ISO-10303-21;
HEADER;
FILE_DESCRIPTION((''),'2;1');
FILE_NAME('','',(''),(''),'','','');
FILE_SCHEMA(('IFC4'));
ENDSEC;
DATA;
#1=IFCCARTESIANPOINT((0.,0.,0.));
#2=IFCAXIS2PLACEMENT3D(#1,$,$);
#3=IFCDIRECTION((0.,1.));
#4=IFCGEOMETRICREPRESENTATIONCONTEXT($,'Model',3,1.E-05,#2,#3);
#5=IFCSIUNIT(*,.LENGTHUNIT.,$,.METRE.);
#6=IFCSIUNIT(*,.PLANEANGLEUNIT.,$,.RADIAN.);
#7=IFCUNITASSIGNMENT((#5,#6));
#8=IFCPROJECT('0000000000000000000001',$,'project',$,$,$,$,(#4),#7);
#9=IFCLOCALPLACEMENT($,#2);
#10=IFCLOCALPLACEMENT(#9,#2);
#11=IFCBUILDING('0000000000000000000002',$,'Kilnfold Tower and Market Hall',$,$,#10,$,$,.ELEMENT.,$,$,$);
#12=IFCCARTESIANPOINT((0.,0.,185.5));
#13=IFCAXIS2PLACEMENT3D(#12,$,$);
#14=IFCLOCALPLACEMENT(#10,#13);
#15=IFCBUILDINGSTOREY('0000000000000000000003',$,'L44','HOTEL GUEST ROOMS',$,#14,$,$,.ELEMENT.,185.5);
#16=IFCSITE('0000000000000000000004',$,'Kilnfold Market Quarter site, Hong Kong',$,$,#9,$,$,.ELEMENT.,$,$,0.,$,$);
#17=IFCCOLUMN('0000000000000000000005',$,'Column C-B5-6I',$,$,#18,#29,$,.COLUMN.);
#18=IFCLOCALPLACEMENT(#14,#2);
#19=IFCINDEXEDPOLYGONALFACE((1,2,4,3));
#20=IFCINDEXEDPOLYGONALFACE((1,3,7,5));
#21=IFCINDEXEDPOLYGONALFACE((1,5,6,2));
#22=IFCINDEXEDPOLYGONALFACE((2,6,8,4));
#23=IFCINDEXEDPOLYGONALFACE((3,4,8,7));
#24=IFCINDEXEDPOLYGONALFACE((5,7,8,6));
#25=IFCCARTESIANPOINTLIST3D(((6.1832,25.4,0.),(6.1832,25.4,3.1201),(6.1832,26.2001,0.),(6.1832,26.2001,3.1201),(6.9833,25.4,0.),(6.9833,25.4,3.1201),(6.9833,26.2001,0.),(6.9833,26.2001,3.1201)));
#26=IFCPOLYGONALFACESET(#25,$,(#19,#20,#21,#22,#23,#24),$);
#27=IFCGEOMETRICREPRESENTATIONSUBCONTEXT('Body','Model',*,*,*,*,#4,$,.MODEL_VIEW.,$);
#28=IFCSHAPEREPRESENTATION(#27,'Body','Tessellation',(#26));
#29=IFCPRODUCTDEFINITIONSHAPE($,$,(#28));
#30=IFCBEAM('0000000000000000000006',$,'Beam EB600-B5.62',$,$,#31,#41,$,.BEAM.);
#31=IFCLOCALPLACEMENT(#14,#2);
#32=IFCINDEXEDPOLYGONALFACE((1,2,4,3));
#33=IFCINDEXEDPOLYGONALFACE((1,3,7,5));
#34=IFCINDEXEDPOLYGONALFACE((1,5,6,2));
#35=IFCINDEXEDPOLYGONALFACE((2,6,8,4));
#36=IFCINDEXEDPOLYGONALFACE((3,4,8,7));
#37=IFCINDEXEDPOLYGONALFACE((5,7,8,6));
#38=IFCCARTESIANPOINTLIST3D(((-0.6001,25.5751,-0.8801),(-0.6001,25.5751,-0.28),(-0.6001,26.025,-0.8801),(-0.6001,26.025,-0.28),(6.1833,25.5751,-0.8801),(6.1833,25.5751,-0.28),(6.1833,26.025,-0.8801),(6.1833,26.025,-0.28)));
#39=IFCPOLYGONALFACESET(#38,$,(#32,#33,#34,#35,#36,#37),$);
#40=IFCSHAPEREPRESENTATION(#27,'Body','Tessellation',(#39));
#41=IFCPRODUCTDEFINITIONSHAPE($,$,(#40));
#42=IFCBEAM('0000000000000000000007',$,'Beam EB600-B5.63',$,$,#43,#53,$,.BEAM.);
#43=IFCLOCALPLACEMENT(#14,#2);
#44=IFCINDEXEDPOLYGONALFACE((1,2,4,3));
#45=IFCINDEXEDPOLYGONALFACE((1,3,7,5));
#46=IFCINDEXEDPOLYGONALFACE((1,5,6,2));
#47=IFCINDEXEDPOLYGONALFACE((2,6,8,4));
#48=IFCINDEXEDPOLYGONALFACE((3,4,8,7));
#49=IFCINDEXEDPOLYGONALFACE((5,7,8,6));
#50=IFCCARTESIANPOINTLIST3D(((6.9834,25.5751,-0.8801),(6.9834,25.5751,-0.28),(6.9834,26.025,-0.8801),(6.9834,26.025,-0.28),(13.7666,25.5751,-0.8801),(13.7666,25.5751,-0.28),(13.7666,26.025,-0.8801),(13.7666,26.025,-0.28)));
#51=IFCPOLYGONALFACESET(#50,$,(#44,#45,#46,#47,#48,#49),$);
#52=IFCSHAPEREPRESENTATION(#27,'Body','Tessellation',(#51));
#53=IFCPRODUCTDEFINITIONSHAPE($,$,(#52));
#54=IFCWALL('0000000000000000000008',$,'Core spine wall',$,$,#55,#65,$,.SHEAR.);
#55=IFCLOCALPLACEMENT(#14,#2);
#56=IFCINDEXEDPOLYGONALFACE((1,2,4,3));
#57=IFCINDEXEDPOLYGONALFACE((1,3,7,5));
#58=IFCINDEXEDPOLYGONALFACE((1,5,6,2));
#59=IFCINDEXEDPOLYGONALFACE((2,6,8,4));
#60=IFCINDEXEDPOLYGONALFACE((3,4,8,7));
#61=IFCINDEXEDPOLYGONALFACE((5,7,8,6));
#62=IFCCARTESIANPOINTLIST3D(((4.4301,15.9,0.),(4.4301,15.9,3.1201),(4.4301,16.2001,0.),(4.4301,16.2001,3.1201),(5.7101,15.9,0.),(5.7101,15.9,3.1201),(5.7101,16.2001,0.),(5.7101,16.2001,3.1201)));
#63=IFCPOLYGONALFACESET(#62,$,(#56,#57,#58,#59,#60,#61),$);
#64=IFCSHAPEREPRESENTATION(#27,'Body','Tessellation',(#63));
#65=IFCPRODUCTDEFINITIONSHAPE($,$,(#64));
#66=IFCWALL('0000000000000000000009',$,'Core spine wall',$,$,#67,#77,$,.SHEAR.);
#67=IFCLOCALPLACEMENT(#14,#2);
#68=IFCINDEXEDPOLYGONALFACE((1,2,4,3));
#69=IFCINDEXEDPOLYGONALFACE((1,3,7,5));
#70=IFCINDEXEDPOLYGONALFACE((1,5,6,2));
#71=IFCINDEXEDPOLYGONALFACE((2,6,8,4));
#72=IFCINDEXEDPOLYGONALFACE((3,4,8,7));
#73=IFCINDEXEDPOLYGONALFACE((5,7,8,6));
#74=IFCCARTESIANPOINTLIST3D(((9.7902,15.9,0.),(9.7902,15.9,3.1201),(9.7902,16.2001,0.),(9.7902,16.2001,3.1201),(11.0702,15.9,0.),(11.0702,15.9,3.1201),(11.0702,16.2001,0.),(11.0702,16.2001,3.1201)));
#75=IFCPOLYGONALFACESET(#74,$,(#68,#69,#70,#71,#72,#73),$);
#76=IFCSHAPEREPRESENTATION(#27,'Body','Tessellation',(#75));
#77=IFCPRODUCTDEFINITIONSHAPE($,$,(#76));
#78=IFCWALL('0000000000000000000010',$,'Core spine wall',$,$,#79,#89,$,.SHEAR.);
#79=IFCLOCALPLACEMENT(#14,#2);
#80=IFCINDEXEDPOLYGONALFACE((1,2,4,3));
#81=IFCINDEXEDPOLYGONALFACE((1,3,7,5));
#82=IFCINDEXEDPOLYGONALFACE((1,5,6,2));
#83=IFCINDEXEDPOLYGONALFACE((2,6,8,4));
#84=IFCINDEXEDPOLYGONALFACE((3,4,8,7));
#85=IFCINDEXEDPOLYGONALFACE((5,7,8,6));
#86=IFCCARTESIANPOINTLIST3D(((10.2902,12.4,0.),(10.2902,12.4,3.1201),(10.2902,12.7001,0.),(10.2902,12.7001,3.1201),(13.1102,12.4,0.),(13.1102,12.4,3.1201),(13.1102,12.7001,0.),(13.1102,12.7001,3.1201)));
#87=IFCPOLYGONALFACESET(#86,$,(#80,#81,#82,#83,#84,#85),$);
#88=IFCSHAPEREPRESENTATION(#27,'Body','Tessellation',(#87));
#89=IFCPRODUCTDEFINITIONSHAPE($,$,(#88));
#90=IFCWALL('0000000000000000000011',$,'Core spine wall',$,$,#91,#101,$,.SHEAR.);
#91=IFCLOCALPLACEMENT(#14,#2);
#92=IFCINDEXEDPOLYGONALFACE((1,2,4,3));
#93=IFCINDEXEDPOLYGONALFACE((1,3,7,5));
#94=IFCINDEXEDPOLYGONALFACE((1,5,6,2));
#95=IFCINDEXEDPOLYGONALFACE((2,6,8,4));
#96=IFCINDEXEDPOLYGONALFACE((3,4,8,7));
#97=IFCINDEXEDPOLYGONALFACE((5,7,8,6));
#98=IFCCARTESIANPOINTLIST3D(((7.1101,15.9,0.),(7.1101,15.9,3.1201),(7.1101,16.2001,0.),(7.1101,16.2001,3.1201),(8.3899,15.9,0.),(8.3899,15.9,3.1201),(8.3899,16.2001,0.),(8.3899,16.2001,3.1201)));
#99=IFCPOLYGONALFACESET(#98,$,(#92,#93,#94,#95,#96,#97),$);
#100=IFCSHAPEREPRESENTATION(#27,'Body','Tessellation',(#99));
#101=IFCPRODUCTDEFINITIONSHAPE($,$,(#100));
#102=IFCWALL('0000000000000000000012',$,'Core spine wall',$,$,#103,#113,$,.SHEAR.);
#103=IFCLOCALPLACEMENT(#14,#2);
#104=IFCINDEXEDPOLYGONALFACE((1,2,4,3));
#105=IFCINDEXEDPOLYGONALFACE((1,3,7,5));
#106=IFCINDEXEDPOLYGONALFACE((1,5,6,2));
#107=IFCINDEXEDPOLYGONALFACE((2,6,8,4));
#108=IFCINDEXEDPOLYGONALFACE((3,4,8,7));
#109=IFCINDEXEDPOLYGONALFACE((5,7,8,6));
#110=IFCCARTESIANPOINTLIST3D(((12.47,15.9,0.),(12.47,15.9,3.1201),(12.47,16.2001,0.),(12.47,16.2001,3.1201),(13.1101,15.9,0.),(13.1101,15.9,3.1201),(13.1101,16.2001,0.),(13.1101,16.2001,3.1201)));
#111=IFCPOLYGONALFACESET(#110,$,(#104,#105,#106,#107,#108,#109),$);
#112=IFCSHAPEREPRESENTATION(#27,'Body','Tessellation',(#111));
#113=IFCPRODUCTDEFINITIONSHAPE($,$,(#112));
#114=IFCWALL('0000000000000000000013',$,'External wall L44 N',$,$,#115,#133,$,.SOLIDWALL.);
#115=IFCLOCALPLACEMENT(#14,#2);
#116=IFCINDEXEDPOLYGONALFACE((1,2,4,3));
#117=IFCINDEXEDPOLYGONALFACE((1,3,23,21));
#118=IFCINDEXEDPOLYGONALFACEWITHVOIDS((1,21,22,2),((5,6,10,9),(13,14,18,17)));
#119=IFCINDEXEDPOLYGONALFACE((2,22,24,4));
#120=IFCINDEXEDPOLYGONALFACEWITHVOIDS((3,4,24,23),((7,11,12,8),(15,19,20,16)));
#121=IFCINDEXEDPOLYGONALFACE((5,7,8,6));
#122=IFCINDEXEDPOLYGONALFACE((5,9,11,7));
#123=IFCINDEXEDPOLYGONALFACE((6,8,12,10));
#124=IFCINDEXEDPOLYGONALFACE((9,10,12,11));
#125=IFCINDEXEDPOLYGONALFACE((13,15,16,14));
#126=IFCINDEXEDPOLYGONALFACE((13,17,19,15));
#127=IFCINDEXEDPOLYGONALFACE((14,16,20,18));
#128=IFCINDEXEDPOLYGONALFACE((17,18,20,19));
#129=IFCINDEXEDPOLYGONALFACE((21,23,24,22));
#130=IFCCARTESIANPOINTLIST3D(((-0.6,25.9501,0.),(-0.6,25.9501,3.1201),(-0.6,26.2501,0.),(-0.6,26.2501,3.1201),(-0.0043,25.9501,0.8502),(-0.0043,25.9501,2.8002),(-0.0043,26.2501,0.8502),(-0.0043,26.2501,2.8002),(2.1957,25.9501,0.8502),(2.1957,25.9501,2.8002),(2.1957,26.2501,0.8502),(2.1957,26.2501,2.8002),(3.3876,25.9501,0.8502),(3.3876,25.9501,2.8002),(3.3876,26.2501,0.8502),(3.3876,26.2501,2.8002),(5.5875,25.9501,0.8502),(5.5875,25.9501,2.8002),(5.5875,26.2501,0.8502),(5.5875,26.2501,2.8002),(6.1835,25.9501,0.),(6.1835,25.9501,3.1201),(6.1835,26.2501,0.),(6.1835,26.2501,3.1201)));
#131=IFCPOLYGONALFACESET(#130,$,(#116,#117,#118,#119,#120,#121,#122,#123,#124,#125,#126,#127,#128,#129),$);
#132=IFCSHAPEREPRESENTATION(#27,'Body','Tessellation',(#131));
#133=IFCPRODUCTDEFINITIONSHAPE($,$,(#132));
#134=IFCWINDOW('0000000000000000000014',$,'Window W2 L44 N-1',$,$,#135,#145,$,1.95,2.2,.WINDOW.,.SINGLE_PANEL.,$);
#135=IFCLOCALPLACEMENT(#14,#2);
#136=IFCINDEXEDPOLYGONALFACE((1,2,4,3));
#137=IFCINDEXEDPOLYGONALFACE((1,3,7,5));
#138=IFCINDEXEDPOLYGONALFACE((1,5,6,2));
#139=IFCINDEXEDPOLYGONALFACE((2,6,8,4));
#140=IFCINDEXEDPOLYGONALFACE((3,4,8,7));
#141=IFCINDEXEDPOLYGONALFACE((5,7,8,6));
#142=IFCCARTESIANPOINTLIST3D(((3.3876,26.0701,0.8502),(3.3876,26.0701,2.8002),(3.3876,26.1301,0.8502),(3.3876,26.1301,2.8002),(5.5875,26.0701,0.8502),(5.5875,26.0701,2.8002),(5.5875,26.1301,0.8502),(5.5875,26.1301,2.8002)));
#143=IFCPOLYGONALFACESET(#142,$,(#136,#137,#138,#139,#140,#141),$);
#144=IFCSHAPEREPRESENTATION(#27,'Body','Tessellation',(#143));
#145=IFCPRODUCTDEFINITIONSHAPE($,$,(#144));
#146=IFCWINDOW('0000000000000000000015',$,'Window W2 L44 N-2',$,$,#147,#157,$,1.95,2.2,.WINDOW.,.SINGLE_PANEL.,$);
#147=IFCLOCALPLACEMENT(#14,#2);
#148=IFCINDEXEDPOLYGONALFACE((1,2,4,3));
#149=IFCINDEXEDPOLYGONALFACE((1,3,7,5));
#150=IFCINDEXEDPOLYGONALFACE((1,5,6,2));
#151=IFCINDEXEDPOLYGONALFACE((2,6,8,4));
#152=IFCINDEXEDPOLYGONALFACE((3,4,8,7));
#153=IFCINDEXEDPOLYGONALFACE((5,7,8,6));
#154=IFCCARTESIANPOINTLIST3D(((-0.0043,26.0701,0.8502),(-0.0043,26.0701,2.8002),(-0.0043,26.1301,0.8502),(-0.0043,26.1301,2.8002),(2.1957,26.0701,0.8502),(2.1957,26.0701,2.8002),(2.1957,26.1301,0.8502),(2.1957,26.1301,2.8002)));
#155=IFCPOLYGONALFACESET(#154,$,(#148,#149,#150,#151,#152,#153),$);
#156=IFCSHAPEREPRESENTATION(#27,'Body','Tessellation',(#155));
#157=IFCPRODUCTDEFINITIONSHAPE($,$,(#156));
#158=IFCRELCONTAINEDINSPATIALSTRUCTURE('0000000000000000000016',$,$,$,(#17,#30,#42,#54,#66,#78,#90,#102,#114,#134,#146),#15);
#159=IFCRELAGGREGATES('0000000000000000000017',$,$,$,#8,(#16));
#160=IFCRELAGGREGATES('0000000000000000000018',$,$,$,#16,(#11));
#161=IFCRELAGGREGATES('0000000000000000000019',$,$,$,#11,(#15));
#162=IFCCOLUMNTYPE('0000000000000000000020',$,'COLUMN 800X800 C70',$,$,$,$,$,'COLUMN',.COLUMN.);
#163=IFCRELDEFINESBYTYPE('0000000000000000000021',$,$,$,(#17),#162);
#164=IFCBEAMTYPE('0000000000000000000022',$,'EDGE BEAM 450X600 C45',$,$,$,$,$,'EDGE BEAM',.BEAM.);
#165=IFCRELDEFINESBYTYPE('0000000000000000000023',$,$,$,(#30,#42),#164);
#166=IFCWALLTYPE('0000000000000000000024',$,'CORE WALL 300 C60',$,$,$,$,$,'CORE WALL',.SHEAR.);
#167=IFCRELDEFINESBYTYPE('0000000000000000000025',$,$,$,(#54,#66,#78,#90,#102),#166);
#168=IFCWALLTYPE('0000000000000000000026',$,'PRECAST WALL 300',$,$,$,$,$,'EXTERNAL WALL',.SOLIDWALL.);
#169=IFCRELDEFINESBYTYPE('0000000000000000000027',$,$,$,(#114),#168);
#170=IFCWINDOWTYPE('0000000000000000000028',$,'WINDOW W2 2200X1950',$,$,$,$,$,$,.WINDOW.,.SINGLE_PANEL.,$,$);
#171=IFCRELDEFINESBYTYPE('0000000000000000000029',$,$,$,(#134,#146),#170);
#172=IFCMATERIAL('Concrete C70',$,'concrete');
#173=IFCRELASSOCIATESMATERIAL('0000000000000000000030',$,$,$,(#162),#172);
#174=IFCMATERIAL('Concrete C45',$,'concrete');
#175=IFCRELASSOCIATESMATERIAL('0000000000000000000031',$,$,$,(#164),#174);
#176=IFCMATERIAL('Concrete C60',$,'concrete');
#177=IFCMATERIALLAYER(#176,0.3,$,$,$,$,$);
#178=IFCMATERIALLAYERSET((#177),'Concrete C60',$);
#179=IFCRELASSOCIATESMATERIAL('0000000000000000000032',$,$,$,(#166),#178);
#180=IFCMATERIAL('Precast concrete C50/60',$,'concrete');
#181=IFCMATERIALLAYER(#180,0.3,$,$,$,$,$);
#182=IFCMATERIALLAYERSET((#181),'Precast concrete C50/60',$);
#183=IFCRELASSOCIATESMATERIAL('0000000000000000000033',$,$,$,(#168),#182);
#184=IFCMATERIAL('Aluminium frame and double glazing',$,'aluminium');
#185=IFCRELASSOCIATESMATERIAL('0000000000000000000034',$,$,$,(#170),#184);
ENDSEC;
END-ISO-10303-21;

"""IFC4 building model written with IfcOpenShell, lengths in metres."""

from ifc_helpers import new_model, si_unit, direction, frame, frame_2d, origin, origin_2d, place, context, subcontext, project, spatial, rectangle, extrude, source, transform, mapped, material, layer, layer_set, material_profile, profile_set, type_object, element, fill, save


model = new_model("IFC4")

# Units and contexts
model_context = context("Model", 3, precision=1e-05, world=origin(), true_north=direction((0.0, 1.0)))
body_context = subcontext(model_context, "Body", "Model", "MODEL_VIEW")
ifc_project = project(units=[si_unit("LENGTHUNIT", "METRE"), si_unit("PLANEANGLEUNIT", "RADIAN")], contexts=[model_context])

# Site, building, storey
site_placement = place(None, origin())
site = spatial("IfcSite", under=ifc_project, at=site_placement, Name="Kilnfold Market Quarter site, Hong Kong", CompositionType="ELEMENT", RefElevation=0.0)
building_placement = place(site_placement, origin())
building = spatial("IfcBuilding", under=site, at=building_placement, Name="Kilnfold Tower and Market Hall", CompositionType="ELEMENT")
storey_placement = place(building_placement, frame((0.0, 0.0, 185.5)))
storey = spatial("IfcBuildingStorey", under=building, at=storey_placement, Name="L44", Description="HOTEL GUEST ROOMS", CompositionType="ELEMENT", Elevation=185.5)

# Column
ifc_material_1 = material(Name="Concrete C70", Category="concrete")
ifc_material_profile_1 = material_profile(ifc_material_1, rectangle(XDim=0.8, YDim=0.8, at=origin_2d()), Name="RC 800x800")
ifc_profile_set_1 = profile_set([ifc_material_profile_1], Name="Concrete C70")
column_type = type_object("IfcColumnType", Name="COLUMN 800X800 C70", ElementType="COLUMN", PredefinedType="COLUMN", material=ifc_profile_set_1)
shared_shape_1 = source(origin(), body_context, "Body", "SweptSolid", [
    extrude(rectangle(XDim=0.8, YDim=0.8, at=origin_2d()), origin(), (0.0, 0.0, 1.0), 3.1201),
])
column_placement = place(storey_placement, frame((6.5833, 25.8, 0.0), z_axis=(0.0, 0.0, 1.0), x_axis=(1.0, 0.0, 0.0)))
element("IfcColumn", 1, at=column_placement, inside=storey, type_object=column_type, Name="Column C-B5-6I", PredefinedType="COLUMN", context=body_context, shape_type="MappedRepresentation", body=[
    mapped(shared_shape_1, transform((0.0, 0.0, 0.0))),
])

# Beams
ifc_material_2 = material(Name="Concrete C45", Category="concrete")
ifc_material_profile_2 = material_profile(ifc_material_2, rectangle(XDim=0.45, YDim=0.6001, at=origin_2d()), Name="RC 450x600")
ifc_profile_set_2 = profile_set([ifc_material_profile_2], Name="Concrete C45")
beam_type = type_object("IfcBeamType", Name="EDGE BEAM 450X600 C45", ElementType="EDGE BEAM", PredefinedType="BEAM", material=ifc_profile_set_2)
shared_shape_2 = source(origin(), body_context, "Body", "SweptSolid", [
    extrude(rectangle(XDim=0.45, YDim=0.6001, at=origin_2d()), origin(), (0.0, 0.0, 1.0), 6.7834),
])
beam_1_placement = place(storey_placement, frame((-0.6001, 25.8, -0.5801), z_axis=(1.0, 0.0, 0.0), x_axis=(0.0, 1.0, 0.0)))
element("IfcBeam", 2, at=beam_1_placement, inside=storey, type_object=beam_type, Name="Beam EB600-B5.62", PredefinedType="BEAM", context=body_context, shape_type="MappedRepresentation", body=[
    mapped(shared_shape_2, transform((0.0, 0.0, 0.0))),
])
shared_shape_3 = source(origin(), body_context, "Body", "SweptSolid", [
    extrude(rectangle(XDim=0.45, YDim=0.6001, at=origin_2d()), origin(), (0.0, 0.0, 1.0), 6.7832),
])
beam_2_placement = place(storey_placement, frame((6.9834, 25.8, -0.5801), z_axis=(1.0, 0.0, 0.0), x_axis=(0.0, 1.0, 0.0)))
element("IfcBeam", 3, at=beam_2_placement, inside=storey, type_object=beam_type, Name="Beam EB600-B5.63", PredefinedType="BEAM", context=body_context, shape_type="MappedRepresentation", body=[
    mapped(shared_shape_3, transform((0.0, 0.0, 0.0))),
])

# Walls
ifc_material_3 = material(Name="Concrete C60", Category="concrete")
ifc_layer_1 = layer(ifc_material_3, 0.3)
ifc_layer_set_1 = layer_set([ifc_layer_1], Name="Concrete C60")
wall_type_1 = type_object("IfcWallType", Name="CORE WALL 300 C60", ElementType="CORE WALL", PredefinedType="SHEAR", material=ifc_layer_set_1)
shared_shape_4 = source(origin(), body_context, "Body", "SweptSolid", [
    extrude(rectangle(XDim=1.28, YDim=0.3, at=frame_2d((0.6401, 0.0))), origin(), (0.0, 0.0, 1.0), 3.1201),
])
for number, where, z_axis, x_axis, name in (
    (4, (4.4299, 16.05, 0.0), (0.0, 0.0, 1.0), (1.0, 0.0, 0.0), "Core spine wall"),
    (5, (9.79, 16.05, 0.0), (0.0, 0.0, 1.0), (1.0, 0.0, 0.0), "Core spine wall"),
):
    element("IfcWall", number, at=place(storey_placement, frame(where, z_axis=z_axis, x_axis=x_axis)), inside=storey, type_object=wall_type_1, Name=name, PredefinedType="SHEAR", context=body_context, shape_type="MappedRepresentation", body=[
        mapped(shared_shape_4, transform((0.0, 0.0, 0.0))),
    ])
shared_shape_5 = source(origin(), body_context, "Body", "SweptSolid", [
    extrude(rectangle(XDim=2.8201, YDim=0.3, at=frame_2d((1.4102, 0.0))), origin(), (0.0, 0.0, 1.0), 3.1201),
])
wall_1_placement = place(storey_placement, frame((10.29, 12.55, 0.0), z_axis=(0.0, 0.0, 1.0), x_axis=(1.0, 0.0, 0.0)))
element("IfcWall", 6, at=wall_1_placement, inside=storey, type_object=wall_type_1, Name="Core spine wall", PredefinedType="SHEAR", context=body_context, shape_type="MappedRepresentation", body=[
    mapped(shared_shape_5, transform((0.0, 0.0, 0.0))),
])
shared_shape_6 = source(origin(), body_context, "Body", "SweptSolid", [
    extrude(rectangle(XDim=1.2798, YDim=0.3, at=frame_2d((0.6399, 0.0))), origin(), (0.0, 0.0, 1.0), 3.1201),
])
wall_2_placement = place(storey_placement, frame((7.1101, 16.05, 0.0), z_axis=(0.0, 0.0, 1.0), x_axis=(1.0, 0.0, 0.0)))
element("IfcWall", 7, at=wall_2_placement, inside=storey, type_object=wall_type_1, Name="Core spine wall", PredefinedType="SHEAR", context=body_context, shape_type="MappedRepresentation", body=[
    mapped(shared_shape_6, transform((0.0, 0.0, 0.0))),
])
shared_shape_7 = source(origin(), body_context, "Body", "SweptSolid", [
    extrude(rectangle(XDim=0.6401, YDim=0.3, at=frame_2d((0.3201, 0.0))), origin(), (0.0, 0.0, 1.0), 3.1201),
])
wall_3_placement = place(storey_placement, frame((12.47, 16.05, 0.0), z_axis=(0.0, 0.0, 1.0), x_axis=(1.0, 0.0, 0.0)))
element("IfcWall", 8, at=wall_3_placement, inside=storey, type_object=wall_type_1, Name="Core spine wall", PredefinedType="SHEAR", context=body_context, shape_type="MappedRepresentation", body=[
    mapped(shared_shape_7, transform((0.0, 0.0, 0.0))),
])

# Wall, openings, windows
ifc_material_4 = material(Name="Precast concrete C50/60", Category="concrete")
ifc_layer_2 = layer(ifc_material_4, 0.3)
ifc_layer_set_2 = layer_set([ifc_layer_2], Name="Precast concrete C50/60")
wall_type_2 = type_object("IfcWallType", Name="PRECAST WALL 300", ElementType="EXTERNAL WALL", PredefinedType="SOLIDWALL", material=ifc_layer_set_2)
shared_shape_8 = source(origin(), body_context, "Body", "SweptSolid", [
    extrude(rectangle(XDim=6.7834, YDim=0.3, at=frame_2d((3.3916, 0.0))), origin(), (0.0, 0.0, 1.0), 3.1201),
])
wall_4_placement = place(storey_placement, frame((6.1833, 26.1001, 0.0), z_axis=(0.0, 0.0, 1.0), x_axis=(-1.0, 0.0, 0.0)))
wall_4 = element("IfcWall", 9, at=wall_4_placement, inside=storey, type_object=wall_type_2, Name="External wall L44 N", PredefinedType="SOLIDWALL", context=body_context, shape_type="MappedRepresentation", body=[
    mapped(shared_shape_8, transform((0.0, 0.0, 0.0))),
])
opening_1_placement = place(wall_4_placement, frame((0.5957, 0.0, 0.8501)))
opening_1 = element("IfcOpeningElement", 10, at=opening_1_placement, cuts=wall_4, PredefinedType="OPENING", context=body_context, shape_type="SweptSolid", body=[
    extrude(rectangle(XDim=2.2, YDim=1.95, at=frame_2d((1.1001, 0.9751))), frame((0.0, 0.1602, 0.0), z_axis=(0.0, -1.0, 0.0), x_axis=(1.0, 0.0, 0.0)), (0.0, 0.0, 1.0), 0.3201),
])
opening_2_placement = place(wall_4_placement, frame((3.9875, 0.0, 0.8501)))
opening_2 = element("IfcOpeningElement", 11, at=opening_2_placement, cuts=wall_4, PredefinedType="OPENING", context=body_context, shape_type="SweptSolid", body=[
    extrude(rectangle(XDim=2.2, YDim=1.95, at=frame_2d((1.1001, 0.9751))), frame((0.0, 0.1602, 0.0), z_axis=(0.0, -1.0, 0.0), x_axis=(1.0, 0.0, 0.0)), (0.0, 0.0, 1.0), 0.3201),
])
ifc_material_5 = material(Name="Aluminium frame and double glazing", Category="aluminium")
window_type = type_object("IfcWindowType", Name="WINDOW W2 2200X1950", PartitioningType="SINGLE_PANEL", PredefinedType="WINDOW", material=ifc_material_5)
window_1_placement = place(opening_1_placement, origin())
window_1 = element("IfcWindow", 12, at=window_1_placement, inside=storey, type_object=window_type, Name="Window W2 L44 N-1", OverallHeight=1.95, OverallWidth=2.2, PartitioningType="SINGLE_PANEL", PredefinedType="WINDOW", context=body_context, shape_type="SweptSolid", body=[
    extrude(rectangle(XDim=2.2, YDim=1.95, at=frame_2d((1.1001, 0.9751))), frame((0.0, 0.03, 0.0), z_axis=(0.0, -1.0, 0.0), x_axis=(1.0, 0.0, 0.0)), (0.0, 0.0, 1.0), 0.0601),
])
fill(opening_1, window_1)
window_2_placement = place(opening_2_placement, origin())
window_2 = element("IfcWindow", 13, at=window_2_placement, inside=storey, type_object=window_type, Name="Window W2 L44 N-2", OverallHeight=1.95, OverallWidth=2.2, PartitioningType="SINGLE_PANEL", PredefinedType="WINDOW", context=body_context, shape_type="SweptSolid", body=[
    extrude(rectangle(XDim=2.2, YDim=1.95, at=frame_2d((1.1001, 0.9751))), frame((0.0, 0.03, 0.0), z_axis=(0.0, -1.0, 0.0), x_axis=(1.0, 0.0, 0.0)), (0.0, 0.0, 1.0), 0.0601),
])
fill(opening_2, window_2)

save(model, "model.ifc")
